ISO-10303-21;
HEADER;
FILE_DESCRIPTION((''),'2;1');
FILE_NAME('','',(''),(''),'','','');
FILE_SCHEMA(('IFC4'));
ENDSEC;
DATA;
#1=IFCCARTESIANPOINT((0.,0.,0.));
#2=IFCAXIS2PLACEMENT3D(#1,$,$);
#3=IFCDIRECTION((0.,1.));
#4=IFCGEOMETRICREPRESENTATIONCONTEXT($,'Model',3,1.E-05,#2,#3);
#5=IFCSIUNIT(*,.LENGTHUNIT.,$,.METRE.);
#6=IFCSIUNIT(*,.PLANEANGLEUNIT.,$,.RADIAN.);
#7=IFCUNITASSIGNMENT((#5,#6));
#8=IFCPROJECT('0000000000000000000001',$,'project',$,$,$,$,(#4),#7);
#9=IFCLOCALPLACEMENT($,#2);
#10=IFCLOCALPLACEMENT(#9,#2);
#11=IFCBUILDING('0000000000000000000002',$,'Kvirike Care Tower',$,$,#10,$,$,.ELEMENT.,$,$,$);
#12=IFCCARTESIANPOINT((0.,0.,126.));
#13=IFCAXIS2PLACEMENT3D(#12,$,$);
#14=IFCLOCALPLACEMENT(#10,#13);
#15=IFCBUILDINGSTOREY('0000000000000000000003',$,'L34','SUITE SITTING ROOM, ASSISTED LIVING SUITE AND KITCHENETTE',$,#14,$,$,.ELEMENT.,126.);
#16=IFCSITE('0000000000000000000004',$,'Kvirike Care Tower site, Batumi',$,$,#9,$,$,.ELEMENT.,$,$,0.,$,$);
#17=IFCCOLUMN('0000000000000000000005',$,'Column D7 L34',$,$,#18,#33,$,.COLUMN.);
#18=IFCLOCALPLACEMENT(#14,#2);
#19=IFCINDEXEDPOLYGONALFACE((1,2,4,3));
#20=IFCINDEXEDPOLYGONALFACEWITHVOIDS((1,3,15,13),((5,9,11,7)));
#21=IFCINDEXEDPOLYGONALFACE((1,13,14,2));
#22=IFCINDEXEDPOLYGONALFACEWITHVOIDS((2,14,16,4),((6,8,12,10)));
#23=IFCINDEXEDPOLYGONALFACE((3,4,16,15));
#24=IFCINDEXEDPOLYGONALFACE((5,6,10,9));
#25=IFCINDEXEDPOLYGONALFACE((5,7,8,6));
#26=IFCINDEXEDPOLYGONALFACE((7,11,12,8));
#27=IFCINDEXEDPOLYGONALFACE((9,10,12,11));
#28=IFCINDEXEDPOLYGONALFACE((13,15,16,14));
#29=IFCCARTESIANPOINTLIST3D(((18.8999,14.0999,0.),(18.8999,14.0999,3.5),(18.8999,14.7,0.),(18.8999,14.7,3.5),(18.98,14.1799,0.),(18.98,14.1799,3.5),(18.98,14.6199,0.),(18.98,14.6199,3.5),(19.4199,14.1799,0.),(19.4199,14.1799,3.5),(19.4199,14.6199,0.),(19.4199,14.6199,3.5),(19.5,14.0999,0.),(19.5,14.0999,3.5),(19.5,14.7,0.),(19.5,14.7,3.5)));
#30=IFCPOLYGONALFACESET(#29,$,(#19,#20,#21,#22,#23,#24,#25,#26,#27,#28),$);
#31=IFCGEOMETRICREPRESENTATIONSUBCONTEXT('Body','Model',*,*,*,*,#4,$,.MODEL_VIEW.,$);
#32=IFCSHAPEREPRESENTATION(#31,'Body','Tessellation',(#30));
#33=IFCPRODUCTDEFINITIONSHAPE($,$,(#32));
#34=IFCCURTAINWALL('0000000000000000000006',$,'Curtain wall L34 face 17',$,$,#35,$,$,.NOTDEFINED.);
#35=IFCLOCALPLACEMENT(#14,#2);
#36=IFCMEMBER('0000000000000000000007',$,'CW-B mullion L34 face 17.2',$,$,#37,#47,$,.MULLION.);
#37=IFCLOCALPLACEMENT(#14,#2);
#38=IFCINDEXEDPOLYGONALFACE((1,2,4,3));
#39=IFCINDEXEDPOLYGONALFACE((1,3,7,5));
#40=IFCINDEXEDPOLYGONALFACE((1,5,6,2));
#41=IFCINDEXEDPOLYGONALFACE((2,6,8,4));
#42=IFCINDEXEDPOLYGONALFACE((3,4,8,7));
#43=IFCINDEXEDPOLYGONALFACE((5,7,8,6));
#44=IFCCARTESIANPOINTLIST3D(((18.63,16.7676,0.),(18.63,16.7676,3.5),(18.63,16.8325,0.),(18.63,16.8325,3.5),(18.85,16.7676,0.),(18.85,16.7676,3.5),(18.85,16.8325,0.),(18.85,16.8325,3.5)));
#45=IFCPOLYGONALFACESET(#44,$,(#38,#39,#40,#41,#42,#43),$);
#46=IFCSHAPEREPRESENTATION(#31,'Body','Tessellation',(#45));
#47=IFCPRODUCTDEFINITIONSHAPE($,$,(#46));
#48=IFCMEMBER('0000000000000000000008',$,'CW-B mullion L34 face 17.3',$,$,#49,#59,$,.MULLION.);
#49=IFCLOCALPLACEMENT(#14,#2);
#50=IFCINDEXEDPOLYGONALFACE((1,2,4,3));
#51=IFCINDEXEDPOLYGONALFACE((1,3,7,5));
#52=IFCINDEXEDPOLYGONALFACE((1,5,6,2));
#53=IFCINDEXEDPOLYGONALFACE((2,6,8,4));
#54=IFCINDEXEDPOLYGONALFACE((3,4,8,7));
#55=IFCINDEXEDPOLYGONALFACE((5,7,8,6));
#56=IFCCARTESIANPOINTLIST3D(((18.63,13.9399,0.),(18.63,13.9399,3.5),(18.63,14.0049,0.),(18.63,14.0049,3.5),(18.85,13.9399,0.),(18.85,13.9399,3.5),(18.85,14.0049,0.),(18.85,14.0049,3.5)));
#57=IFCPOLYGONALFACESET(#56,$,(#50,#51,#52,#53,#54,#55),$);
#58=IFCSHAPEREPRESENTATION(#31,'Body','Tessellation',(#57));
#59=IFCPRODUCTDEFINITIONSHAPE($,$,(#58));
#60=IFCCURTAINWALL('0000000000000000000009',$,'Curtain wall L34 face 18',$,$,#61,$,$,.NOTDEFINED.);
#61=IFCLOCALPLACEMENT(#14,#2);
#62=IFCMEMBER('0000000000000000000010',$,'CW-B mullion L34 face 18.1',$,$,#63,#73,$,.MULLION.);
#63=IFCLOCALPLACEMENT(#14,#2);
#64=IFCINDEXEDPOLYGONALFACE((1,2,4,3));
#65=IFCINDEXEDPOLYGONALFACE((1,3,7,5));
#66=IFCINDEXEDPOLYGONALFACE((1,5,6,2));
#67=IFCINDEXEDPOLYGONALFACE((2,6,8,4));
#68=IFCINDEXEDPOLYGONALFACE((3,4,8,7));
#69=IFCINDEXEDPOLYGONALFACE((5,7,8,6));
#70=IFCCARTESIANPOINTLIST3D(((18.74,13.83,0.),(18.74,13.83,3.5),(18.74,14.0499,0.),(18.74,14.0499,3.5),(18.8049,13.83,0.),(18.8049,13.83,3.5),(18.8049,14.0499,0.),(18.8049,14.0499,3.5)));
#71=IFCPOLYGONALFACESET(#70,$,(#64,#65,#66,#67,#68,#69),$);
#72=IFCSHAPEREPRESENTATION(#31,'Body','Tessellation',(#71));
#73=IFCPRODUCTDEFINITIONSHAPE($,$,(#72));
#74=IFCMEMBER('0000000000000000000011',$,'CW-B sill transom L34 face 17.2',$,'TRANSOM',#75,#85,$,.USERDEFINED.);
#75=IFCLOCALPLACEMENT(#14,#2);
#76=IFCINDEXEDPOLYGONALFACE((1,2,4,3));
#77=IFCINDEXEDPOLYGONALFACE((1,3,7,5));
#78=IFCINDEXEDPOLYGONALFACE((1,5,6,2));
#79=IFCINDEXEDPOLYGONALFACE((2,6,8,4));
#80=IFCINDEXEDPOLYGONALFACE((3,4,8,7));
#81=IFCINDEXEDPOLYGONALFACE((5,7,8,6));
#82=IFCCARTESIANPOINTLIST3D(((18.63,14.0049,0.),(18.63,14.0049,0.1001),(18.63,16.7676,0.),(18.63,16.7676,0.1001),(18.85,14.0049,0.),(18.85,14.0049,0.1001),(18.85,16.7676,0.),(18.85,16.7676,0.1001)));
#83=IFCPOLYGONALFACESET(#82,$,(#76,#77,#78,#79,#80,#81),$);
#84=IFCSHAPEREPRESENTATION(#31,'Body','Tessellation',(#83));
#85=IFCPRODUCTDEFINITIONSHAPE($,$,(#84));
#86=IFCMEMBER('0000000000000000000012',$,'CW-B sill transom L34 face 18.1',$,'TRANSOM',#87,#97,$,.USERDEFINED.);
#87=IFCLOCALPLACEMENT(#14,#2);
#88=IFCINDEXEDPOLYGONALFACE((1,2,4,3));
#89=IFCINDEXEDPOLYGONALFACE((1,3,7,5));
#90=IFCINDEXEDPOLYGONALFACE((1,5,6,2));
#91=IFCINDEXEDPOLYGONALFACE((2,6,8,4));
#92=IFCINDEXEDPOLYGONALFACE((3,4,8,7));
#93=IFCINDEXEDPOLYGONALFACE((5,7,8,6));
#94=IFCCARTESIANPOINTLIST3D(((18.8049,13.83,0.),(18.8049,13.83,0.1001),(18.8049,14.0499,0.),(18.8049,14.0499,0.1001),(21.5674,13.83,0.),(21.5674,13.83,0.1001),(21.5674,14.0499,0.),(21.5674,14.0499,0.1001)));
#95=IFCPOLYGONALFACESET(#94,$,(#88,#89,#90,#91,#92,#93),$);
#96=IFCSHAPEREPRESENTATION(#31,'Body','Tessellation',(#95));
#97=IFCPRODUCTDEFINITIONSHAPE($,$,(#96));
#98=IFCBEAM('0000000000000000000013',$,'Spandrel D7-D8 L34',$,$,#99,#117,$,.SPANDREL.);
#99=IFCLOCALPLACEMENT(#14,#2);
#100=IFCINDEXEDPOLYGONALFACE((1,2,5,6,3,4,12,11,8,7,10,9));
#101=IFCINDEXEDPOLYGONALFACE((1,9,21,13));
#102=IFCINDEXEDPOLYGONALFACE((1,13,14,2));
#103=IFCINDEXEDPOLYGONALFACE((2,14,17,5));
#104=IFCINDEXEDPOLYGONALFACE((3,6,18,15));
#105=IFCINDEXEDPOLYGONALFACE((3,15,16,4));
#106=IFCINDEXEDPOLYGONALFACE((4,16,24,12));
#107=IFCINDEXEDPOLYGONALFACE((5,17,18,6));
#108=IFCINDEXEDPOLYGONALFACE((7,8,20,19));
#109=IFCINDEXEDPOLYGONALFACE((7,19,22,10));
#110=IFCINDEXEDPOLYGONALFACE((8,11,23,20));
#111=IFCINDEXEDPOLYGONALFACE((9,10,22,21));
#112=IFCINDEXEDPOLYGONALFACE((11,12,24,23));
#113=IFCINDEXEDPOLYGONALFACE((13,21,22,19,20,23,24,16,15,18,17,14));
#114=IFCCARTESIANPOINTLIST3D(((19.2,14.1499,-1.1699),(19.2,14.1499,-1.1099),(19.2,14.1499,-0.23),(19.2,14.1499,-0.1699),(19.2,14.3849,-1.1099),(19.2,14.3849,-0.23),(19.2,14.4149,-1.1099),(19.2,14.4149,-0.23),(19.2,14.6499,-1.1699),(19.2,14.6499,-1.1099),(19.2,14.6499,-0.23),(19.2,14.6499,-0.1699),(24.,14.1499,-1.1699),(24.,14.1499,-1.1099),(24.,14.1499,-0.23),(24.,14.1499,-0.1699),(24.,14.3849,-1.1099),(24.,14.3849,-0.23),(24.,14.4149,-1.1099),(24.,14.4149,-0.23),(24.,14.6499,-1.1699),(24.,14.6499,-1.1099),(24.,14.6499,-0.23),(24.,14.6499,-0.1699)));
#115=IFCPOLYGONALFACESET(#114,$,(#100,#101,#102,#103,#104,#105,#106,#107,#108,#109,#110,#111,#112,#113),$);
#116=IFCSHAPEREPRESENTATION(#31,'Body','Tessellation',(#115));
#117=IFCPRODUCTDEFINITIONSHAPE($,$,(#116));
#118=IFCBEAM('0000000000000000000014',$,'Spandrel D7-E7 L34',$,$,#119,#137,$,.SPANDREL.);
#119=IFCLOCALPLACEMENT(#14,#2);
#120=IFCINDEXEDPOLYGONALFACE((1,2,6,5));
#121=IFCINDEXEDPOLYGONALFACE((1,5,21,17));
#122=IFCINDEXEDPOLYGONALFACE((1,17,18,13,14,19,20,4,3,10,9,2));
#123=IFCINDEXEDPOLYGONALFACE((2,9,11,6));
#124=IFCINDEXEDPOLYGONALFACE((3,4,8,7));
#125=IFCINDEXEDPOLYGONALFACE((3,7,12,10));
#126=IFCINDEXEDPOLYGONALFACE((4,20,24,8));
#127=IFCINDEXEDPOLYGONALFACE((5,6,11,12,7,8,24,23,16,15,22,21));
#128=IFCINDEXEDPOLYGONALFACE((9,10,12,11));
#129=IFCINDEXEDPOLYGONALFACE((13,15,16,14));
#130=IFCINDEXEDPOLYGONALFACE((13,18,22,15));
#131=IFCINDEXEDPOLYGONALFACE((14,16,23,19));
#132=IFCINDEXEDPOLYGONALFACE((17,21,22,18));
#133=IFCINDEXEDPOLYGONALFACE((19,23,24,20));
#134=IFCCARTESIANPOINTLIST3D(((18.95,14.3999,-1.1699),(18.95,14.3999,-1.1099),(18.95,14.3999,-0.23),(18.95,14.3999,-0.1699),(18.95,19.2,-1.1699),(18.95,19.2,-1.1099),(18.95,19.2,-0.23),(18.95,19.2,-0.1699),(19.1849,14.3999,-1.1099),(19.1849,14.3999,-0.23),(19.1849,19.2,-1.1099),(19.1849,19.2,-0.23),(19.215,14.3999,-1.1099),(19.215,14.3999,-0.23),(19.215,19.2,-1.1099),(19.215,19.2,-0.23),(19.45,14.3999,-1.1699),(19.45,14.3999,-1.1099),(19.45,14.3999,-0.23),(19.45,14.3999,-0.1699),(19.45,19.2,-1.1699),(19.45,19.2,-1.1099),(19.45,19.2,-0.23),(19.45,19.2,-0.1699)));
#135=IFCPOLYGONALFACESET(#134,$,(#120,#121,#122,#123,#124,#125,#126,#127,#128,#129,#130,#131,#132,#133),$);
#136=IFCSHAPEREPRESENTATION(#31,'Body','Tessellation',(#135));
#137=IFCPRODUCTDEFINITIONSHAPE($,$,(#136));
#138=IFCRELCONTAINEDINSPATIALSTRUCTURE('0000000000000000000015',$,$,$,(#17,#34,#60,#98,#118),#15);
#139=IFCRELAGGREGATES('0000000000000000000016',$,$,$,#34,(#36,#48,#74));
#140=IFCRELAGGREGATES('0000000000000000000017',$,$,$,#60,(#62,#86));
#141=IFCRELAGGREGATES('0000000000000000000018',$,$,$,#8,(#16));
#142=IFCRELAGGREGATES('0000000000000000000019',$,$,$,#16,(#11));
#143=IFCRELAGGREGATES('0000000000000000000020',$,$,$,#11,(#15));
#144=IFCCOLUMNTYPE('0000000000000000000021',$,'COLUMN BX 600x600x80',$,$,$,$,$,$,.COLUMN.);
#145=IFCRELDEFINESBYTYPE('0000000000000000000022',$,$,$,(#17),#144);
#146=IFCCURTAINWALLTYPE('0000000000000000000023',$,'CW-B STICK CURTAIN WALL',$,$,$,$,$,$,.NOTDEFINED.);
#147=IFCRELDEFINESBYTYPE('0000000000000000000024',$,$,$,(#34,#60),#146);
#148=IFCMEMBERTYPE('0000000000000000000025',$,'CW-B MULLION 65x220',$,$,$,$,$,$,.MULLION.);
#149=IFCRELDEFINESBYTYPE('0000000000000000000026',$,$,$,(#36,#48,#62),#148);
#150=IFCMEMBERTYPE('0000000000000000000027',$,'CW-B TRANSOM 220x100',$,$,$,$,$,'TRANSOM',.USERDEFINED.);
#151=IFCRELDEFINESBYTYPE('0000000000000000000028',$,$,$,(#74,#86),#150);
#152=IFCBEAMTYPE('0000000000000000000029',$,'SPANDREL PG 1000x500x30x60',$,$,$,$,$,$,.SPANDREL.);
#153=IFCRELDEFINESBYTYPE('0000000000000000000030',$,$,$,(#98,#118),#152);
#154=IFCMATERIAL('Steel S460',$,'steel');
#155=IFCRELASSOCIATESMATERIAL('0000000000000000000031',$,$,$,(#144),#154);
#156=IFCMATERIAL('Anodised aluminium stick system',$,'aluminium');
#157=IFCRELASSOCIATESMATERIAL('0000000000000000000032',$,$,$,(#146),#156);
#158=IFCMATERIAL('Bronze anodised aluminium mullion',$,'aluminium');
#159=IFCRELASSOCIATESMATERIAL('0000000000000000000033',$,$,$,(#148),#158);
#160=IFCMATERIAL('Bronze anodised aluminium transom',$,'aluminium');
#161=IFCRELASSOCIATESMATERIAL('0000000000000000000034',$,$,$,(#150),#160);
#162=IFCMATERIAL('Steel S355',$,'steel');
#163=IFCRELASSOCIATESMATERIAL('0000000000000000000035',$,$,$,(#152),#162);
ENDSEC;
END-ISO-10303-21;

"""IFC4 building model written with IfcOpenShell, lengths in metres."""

from ifc_helpers import new_model, si_unit, direction, frame, origin, origin_2d, place, context, subcontext, project, spatial, rectangle, hollow_rectangle, i_section, extrude, material, material_profile, profile_set, type_object, element, aggregate, save


model = new_model("IFC4")

# Units and contexts
model_context = context("Model", 3, precision=1e-05, world=origin(), true_north=direction((0.0, 1.0)))
body_context = subcontext(model_context, "Body", "Model", "MODEL_VIEW")
ifc_project = project(units=[si_unit("LENGTHUNIT", "METRE"), si_unit("PLANEANGLEUNIT", "RADIAN")], contexts=[model_context])

# Site, building, storey
site_placement = place(None, origin())
site = spatial("IfcSite", under=ifc_project, at=site_placement, Name="Kvirike Care Tower site, Batumi", CompositionType="ELEMENT", RefElevation=0.0)
building_placement = place(site_placement, origin())
building = spatial("IfcBuilding", under=site, at=building_placement, Name="Kvirike Care Tower", CompositionType="ELEMENT")
storey_placement = place(building_placement, frame((0.0, 0.0, 126.0)))
storey = spatial("IfcBuildingStorey", under=building, at=storey_placement, Name="L34", Description="SUITE SITTING ROOM, ASSISTED LIVING SUITE AND KITCHENETTE", CompositionType="ELEMENT", Elevation=126.0)

# Column
ifc_material_1 = material(Name="Steel S460", Category="steel")
ifc_material_profile_1 = material_profile(ifc_material_1, hollow_rectangle(XDim=0.6001, YDim=0.6001, WallThickness=0.0801, at=origin_2d()), Name="BX 600x600x80")
ifc_profile_set_1 = profile_set([ifc_material_profile_1], Name="Steel S460")
column_type = type_object("IfcColumnType", Name="COLUMN BX 600x600x80", PredefinedType="COLUMN", material=ifc_profile_set_1)
column_placement = place(storey_placement, frame((19.2, 14.3999, 0.0), z_axis=(0.0, 0.0, 1.0), x_axis=(0.0, 1.0, 0.0)))
element("IfcColumn", 1, at=column_placement, inside=storey, type_object=column_type, Name="Column D7 L34", PredefinedType="COLUMN", context=body_context, shape_type="SweptSolid", body=[
    extrude(hollow_rectangle(XDim=0.6001, YDim=0.6001, WallThickness=0.0801, at=origin_2d()), origin(), (0.0, 0.0, 1.0), 3.5),
])

# Curtain wall, members
ifc_material_2 = material(Name="Anodised aluminium stick system", Category="aluminium")
curtain_wall_type = type_object("IfcCurtainWallType", Name="CW-B STICK CURTAIN WALL", PredefinedType="NOTDEFINED", material=ifc_material_2)
curtain_wall_1_placement = place(storey_placement, origin())
curtain_wall_1 = element("IfcCurtainWall", 2, at=curtain_wall_1_placement, inside=storey, type_object=curtain_wall_type, Name="Curtain wall L34 face 17", PredefinedType="NOTDEFINED")
ifc_material_3 = material(Name="Bronze anodised aluminium mullion", Category="aluminium")
ifc_material_profile_2 = material_profile(ifc_material_3, rectangle(XDim=0.0649, YDim=0.22, at=origin_2d()), Name="CW-B MULLION 65x220")
ifc_profile_set_2 = profile_set([ifc_material_profile_2], Name="Bronze anodised aluminium mullion")
member_type_1 = type_object("IfcMemberType", Name="CW-B MULLION 65x220", PredefinedType="MULLION", material=ifc_profile_set_2)
member_1_placement = place(storey_placement, frame((18.74, 16.8, 0.0), z_axis=(0.0, 0.0, 1.0), x_axis=(0.0, -1.0, 0.0)))
member_1 = element("IfcMember", 3, at=member_1_placement, type_object=member_type_1, Name="CW-B mullion L34 face 17.2", PredefinedType="MULLION", context=body_context, shape_type="SweptSolid", body=[
    extrude(rectangle(XDim=0.0649, YDim=0.22, at=origin_2d()), origin(), (0.0, 0.0, 1.0), 3.5),
])
member_2_placement = place(storey_placement, frame((18.74, 13.9724, 0.0), z_axis=(0.0, 0.0, 1.0), x_axis=(0.0, -1.0, 0.0)))
member_2 = element("IfcMember", 4, at=member_2_placement, type_object=member_type_1, Name="CW-B mullion L34 face 17.3", PredefinedType="MULLION", context=body_context, shape_type="SweptSolid", body=[
    extrude(rectangle(XDim=0.0649, YDim=0.22, at=origin_2d()), origin(), (0.0, 0.0, 1.0), 3.5),
])

# Curtain wall, member
curtain_wall_2_placement = place(storey_placement, origin())
curtain_wall_2 = element("IfcCurtainWall", 5, at=curtain_wall_2_placement, inside=storey, type_object=curtain_wall_type, Name="Curtain wall L34 face 18", PredefinedType="NOTDEFINED")
member_3_placement = place(storey_placement, frame((18.7725, 13.9399, 0.0), z_axis=(0.0, 0.0, 1.0), x_axis=(1.0, 0.0, 0.0)))
member_3 = element("IfcMember", 6, at=member_3_placement, type_object=member_type_1, Name="CW-B mullion L34 face 18.1", PredefinedType="MULLION", context=body_context, shape_type="SweptSolid", body=[
    extrude(rectangle(XDim=0.0649, YDim=0.22, at=origin_2d()), origin(), (0.0, 0.0, 1.0), 3.5),
])

# Members
ifc_material_4 = material(Name="Bronze anodised aluminium transom", Category="aluminium")
ifc_material_profile_3 = material_profile(ifc_material_4, rectangle(XDim=0.22, YDim=0.1001, at=origin_2d()), Name="CW-B TRANSOM 220x100")
ifc_profile_set_3 = profile_set([ifc_material_profile_3], Name="Bronze anodised aluminium transom")
member_type_2 = type_object("IfcMemberType", Name="CW-B TRANSOM 220x100", ElementType="TRANSOM", PredefinedType="USERDEFINED", material=ifc_profile_set_3)
member_4_placement = place(storey_placement, frame((18.74, 16.7676, 0.05), z_axis=(0.0, -1.0, 0.0), x_axis=(1.0, 0.0, 0.0)))
member_4 = element("IfcMember", 7, at=member_4_placement, type_object=member_type_2, Name="CW-B sill transom L34 face 17.2", ObjectType="TRANSOM", PredefinedType="USERDEFINED", context=body_context, shape_type="SweptSolid", body=[
    extrude(rectangle(XDim=0.22, YDim=0.1001, at=origin_2d()), origin(), (0.0, 0.0, 1.0), 2.7627),
])
member_5_placement = place(storey_placement, frame((18.8049, 13.9399, 0.05), z_axis=(1.0, 0.0, 0.0), x_axis=(0.0, 1.0, 0.0)))
member_5 = element("IfcMember", 8, at=member_5_placement, type_object=member_type_2, Name="CW-B sill transom L34 face 18.1", ObjectType="TRANSOM", PredefinedType="USERDEFINED", context=body_context, shape_type="SweptSolid", body=[
    extrude(rectangle(XDim=0.22, YDim=0.1001, at=origin_2d()), origin(), (0.0, 0.0, 1.0), 2.7625),
])

# Beams
ifc_material_5 = material(Name="Steel S355", Category="steel")
ifc_material_profile_4 = material_profile(ifc_material_5, i_section(OverallWidth=0.5, OverallDepth=1.0, WebThickness=0.03, FlangeThickness=0.0601, at=origin_2d()), Name="PG 1000x500x30x60")
ifc_profile_set_4 = profile_set([ifc_material_profile_4], Name="Steel S355")
beam_type = type_object("IfcBeamType", Name="SPANDREL PG 1000x500x30x60", PredefinedType="SPANDREL", material=ifc_profile_set_4)
for number, where, z_axis, x_axis, name in (
    (9, (19.2, 14.3999, -0.6699), (1.0, 0.0, 0.0), (0.0, 1.0, 0.0), "Spandrel D7-D8 L34"),
    (10, (19.2, 14.3999, -0.6699), (0.0, 1.0, 0.0), (-1.0, 0.0, 0.0), "Spandrel D7-E7 L34"),
):
    element("IfcBeam", number, at=place(storey_placement, frame(where, z_axis=z_axis, x_axis=x_axis)), inside=storey, type_object=beam_type, Name=name, PredefinedType="SPANDREL", context=body_context, shape_type="SweptSolid", body=[
        extrude(i_section(OverallWidth=0.5, OverallDepth=1.0, WebThickness=0.03, FlangeThickness=0.0601, at=origin_2d()), origin(), (0.0, 0.0, 1.0), 4.8),
    ])

aggregate(curtain_wall_1, [member_1, member_2, member_4])
aggregate(curtain_wall_2, [member_3, member_5])

save(model, "model.ifc")
